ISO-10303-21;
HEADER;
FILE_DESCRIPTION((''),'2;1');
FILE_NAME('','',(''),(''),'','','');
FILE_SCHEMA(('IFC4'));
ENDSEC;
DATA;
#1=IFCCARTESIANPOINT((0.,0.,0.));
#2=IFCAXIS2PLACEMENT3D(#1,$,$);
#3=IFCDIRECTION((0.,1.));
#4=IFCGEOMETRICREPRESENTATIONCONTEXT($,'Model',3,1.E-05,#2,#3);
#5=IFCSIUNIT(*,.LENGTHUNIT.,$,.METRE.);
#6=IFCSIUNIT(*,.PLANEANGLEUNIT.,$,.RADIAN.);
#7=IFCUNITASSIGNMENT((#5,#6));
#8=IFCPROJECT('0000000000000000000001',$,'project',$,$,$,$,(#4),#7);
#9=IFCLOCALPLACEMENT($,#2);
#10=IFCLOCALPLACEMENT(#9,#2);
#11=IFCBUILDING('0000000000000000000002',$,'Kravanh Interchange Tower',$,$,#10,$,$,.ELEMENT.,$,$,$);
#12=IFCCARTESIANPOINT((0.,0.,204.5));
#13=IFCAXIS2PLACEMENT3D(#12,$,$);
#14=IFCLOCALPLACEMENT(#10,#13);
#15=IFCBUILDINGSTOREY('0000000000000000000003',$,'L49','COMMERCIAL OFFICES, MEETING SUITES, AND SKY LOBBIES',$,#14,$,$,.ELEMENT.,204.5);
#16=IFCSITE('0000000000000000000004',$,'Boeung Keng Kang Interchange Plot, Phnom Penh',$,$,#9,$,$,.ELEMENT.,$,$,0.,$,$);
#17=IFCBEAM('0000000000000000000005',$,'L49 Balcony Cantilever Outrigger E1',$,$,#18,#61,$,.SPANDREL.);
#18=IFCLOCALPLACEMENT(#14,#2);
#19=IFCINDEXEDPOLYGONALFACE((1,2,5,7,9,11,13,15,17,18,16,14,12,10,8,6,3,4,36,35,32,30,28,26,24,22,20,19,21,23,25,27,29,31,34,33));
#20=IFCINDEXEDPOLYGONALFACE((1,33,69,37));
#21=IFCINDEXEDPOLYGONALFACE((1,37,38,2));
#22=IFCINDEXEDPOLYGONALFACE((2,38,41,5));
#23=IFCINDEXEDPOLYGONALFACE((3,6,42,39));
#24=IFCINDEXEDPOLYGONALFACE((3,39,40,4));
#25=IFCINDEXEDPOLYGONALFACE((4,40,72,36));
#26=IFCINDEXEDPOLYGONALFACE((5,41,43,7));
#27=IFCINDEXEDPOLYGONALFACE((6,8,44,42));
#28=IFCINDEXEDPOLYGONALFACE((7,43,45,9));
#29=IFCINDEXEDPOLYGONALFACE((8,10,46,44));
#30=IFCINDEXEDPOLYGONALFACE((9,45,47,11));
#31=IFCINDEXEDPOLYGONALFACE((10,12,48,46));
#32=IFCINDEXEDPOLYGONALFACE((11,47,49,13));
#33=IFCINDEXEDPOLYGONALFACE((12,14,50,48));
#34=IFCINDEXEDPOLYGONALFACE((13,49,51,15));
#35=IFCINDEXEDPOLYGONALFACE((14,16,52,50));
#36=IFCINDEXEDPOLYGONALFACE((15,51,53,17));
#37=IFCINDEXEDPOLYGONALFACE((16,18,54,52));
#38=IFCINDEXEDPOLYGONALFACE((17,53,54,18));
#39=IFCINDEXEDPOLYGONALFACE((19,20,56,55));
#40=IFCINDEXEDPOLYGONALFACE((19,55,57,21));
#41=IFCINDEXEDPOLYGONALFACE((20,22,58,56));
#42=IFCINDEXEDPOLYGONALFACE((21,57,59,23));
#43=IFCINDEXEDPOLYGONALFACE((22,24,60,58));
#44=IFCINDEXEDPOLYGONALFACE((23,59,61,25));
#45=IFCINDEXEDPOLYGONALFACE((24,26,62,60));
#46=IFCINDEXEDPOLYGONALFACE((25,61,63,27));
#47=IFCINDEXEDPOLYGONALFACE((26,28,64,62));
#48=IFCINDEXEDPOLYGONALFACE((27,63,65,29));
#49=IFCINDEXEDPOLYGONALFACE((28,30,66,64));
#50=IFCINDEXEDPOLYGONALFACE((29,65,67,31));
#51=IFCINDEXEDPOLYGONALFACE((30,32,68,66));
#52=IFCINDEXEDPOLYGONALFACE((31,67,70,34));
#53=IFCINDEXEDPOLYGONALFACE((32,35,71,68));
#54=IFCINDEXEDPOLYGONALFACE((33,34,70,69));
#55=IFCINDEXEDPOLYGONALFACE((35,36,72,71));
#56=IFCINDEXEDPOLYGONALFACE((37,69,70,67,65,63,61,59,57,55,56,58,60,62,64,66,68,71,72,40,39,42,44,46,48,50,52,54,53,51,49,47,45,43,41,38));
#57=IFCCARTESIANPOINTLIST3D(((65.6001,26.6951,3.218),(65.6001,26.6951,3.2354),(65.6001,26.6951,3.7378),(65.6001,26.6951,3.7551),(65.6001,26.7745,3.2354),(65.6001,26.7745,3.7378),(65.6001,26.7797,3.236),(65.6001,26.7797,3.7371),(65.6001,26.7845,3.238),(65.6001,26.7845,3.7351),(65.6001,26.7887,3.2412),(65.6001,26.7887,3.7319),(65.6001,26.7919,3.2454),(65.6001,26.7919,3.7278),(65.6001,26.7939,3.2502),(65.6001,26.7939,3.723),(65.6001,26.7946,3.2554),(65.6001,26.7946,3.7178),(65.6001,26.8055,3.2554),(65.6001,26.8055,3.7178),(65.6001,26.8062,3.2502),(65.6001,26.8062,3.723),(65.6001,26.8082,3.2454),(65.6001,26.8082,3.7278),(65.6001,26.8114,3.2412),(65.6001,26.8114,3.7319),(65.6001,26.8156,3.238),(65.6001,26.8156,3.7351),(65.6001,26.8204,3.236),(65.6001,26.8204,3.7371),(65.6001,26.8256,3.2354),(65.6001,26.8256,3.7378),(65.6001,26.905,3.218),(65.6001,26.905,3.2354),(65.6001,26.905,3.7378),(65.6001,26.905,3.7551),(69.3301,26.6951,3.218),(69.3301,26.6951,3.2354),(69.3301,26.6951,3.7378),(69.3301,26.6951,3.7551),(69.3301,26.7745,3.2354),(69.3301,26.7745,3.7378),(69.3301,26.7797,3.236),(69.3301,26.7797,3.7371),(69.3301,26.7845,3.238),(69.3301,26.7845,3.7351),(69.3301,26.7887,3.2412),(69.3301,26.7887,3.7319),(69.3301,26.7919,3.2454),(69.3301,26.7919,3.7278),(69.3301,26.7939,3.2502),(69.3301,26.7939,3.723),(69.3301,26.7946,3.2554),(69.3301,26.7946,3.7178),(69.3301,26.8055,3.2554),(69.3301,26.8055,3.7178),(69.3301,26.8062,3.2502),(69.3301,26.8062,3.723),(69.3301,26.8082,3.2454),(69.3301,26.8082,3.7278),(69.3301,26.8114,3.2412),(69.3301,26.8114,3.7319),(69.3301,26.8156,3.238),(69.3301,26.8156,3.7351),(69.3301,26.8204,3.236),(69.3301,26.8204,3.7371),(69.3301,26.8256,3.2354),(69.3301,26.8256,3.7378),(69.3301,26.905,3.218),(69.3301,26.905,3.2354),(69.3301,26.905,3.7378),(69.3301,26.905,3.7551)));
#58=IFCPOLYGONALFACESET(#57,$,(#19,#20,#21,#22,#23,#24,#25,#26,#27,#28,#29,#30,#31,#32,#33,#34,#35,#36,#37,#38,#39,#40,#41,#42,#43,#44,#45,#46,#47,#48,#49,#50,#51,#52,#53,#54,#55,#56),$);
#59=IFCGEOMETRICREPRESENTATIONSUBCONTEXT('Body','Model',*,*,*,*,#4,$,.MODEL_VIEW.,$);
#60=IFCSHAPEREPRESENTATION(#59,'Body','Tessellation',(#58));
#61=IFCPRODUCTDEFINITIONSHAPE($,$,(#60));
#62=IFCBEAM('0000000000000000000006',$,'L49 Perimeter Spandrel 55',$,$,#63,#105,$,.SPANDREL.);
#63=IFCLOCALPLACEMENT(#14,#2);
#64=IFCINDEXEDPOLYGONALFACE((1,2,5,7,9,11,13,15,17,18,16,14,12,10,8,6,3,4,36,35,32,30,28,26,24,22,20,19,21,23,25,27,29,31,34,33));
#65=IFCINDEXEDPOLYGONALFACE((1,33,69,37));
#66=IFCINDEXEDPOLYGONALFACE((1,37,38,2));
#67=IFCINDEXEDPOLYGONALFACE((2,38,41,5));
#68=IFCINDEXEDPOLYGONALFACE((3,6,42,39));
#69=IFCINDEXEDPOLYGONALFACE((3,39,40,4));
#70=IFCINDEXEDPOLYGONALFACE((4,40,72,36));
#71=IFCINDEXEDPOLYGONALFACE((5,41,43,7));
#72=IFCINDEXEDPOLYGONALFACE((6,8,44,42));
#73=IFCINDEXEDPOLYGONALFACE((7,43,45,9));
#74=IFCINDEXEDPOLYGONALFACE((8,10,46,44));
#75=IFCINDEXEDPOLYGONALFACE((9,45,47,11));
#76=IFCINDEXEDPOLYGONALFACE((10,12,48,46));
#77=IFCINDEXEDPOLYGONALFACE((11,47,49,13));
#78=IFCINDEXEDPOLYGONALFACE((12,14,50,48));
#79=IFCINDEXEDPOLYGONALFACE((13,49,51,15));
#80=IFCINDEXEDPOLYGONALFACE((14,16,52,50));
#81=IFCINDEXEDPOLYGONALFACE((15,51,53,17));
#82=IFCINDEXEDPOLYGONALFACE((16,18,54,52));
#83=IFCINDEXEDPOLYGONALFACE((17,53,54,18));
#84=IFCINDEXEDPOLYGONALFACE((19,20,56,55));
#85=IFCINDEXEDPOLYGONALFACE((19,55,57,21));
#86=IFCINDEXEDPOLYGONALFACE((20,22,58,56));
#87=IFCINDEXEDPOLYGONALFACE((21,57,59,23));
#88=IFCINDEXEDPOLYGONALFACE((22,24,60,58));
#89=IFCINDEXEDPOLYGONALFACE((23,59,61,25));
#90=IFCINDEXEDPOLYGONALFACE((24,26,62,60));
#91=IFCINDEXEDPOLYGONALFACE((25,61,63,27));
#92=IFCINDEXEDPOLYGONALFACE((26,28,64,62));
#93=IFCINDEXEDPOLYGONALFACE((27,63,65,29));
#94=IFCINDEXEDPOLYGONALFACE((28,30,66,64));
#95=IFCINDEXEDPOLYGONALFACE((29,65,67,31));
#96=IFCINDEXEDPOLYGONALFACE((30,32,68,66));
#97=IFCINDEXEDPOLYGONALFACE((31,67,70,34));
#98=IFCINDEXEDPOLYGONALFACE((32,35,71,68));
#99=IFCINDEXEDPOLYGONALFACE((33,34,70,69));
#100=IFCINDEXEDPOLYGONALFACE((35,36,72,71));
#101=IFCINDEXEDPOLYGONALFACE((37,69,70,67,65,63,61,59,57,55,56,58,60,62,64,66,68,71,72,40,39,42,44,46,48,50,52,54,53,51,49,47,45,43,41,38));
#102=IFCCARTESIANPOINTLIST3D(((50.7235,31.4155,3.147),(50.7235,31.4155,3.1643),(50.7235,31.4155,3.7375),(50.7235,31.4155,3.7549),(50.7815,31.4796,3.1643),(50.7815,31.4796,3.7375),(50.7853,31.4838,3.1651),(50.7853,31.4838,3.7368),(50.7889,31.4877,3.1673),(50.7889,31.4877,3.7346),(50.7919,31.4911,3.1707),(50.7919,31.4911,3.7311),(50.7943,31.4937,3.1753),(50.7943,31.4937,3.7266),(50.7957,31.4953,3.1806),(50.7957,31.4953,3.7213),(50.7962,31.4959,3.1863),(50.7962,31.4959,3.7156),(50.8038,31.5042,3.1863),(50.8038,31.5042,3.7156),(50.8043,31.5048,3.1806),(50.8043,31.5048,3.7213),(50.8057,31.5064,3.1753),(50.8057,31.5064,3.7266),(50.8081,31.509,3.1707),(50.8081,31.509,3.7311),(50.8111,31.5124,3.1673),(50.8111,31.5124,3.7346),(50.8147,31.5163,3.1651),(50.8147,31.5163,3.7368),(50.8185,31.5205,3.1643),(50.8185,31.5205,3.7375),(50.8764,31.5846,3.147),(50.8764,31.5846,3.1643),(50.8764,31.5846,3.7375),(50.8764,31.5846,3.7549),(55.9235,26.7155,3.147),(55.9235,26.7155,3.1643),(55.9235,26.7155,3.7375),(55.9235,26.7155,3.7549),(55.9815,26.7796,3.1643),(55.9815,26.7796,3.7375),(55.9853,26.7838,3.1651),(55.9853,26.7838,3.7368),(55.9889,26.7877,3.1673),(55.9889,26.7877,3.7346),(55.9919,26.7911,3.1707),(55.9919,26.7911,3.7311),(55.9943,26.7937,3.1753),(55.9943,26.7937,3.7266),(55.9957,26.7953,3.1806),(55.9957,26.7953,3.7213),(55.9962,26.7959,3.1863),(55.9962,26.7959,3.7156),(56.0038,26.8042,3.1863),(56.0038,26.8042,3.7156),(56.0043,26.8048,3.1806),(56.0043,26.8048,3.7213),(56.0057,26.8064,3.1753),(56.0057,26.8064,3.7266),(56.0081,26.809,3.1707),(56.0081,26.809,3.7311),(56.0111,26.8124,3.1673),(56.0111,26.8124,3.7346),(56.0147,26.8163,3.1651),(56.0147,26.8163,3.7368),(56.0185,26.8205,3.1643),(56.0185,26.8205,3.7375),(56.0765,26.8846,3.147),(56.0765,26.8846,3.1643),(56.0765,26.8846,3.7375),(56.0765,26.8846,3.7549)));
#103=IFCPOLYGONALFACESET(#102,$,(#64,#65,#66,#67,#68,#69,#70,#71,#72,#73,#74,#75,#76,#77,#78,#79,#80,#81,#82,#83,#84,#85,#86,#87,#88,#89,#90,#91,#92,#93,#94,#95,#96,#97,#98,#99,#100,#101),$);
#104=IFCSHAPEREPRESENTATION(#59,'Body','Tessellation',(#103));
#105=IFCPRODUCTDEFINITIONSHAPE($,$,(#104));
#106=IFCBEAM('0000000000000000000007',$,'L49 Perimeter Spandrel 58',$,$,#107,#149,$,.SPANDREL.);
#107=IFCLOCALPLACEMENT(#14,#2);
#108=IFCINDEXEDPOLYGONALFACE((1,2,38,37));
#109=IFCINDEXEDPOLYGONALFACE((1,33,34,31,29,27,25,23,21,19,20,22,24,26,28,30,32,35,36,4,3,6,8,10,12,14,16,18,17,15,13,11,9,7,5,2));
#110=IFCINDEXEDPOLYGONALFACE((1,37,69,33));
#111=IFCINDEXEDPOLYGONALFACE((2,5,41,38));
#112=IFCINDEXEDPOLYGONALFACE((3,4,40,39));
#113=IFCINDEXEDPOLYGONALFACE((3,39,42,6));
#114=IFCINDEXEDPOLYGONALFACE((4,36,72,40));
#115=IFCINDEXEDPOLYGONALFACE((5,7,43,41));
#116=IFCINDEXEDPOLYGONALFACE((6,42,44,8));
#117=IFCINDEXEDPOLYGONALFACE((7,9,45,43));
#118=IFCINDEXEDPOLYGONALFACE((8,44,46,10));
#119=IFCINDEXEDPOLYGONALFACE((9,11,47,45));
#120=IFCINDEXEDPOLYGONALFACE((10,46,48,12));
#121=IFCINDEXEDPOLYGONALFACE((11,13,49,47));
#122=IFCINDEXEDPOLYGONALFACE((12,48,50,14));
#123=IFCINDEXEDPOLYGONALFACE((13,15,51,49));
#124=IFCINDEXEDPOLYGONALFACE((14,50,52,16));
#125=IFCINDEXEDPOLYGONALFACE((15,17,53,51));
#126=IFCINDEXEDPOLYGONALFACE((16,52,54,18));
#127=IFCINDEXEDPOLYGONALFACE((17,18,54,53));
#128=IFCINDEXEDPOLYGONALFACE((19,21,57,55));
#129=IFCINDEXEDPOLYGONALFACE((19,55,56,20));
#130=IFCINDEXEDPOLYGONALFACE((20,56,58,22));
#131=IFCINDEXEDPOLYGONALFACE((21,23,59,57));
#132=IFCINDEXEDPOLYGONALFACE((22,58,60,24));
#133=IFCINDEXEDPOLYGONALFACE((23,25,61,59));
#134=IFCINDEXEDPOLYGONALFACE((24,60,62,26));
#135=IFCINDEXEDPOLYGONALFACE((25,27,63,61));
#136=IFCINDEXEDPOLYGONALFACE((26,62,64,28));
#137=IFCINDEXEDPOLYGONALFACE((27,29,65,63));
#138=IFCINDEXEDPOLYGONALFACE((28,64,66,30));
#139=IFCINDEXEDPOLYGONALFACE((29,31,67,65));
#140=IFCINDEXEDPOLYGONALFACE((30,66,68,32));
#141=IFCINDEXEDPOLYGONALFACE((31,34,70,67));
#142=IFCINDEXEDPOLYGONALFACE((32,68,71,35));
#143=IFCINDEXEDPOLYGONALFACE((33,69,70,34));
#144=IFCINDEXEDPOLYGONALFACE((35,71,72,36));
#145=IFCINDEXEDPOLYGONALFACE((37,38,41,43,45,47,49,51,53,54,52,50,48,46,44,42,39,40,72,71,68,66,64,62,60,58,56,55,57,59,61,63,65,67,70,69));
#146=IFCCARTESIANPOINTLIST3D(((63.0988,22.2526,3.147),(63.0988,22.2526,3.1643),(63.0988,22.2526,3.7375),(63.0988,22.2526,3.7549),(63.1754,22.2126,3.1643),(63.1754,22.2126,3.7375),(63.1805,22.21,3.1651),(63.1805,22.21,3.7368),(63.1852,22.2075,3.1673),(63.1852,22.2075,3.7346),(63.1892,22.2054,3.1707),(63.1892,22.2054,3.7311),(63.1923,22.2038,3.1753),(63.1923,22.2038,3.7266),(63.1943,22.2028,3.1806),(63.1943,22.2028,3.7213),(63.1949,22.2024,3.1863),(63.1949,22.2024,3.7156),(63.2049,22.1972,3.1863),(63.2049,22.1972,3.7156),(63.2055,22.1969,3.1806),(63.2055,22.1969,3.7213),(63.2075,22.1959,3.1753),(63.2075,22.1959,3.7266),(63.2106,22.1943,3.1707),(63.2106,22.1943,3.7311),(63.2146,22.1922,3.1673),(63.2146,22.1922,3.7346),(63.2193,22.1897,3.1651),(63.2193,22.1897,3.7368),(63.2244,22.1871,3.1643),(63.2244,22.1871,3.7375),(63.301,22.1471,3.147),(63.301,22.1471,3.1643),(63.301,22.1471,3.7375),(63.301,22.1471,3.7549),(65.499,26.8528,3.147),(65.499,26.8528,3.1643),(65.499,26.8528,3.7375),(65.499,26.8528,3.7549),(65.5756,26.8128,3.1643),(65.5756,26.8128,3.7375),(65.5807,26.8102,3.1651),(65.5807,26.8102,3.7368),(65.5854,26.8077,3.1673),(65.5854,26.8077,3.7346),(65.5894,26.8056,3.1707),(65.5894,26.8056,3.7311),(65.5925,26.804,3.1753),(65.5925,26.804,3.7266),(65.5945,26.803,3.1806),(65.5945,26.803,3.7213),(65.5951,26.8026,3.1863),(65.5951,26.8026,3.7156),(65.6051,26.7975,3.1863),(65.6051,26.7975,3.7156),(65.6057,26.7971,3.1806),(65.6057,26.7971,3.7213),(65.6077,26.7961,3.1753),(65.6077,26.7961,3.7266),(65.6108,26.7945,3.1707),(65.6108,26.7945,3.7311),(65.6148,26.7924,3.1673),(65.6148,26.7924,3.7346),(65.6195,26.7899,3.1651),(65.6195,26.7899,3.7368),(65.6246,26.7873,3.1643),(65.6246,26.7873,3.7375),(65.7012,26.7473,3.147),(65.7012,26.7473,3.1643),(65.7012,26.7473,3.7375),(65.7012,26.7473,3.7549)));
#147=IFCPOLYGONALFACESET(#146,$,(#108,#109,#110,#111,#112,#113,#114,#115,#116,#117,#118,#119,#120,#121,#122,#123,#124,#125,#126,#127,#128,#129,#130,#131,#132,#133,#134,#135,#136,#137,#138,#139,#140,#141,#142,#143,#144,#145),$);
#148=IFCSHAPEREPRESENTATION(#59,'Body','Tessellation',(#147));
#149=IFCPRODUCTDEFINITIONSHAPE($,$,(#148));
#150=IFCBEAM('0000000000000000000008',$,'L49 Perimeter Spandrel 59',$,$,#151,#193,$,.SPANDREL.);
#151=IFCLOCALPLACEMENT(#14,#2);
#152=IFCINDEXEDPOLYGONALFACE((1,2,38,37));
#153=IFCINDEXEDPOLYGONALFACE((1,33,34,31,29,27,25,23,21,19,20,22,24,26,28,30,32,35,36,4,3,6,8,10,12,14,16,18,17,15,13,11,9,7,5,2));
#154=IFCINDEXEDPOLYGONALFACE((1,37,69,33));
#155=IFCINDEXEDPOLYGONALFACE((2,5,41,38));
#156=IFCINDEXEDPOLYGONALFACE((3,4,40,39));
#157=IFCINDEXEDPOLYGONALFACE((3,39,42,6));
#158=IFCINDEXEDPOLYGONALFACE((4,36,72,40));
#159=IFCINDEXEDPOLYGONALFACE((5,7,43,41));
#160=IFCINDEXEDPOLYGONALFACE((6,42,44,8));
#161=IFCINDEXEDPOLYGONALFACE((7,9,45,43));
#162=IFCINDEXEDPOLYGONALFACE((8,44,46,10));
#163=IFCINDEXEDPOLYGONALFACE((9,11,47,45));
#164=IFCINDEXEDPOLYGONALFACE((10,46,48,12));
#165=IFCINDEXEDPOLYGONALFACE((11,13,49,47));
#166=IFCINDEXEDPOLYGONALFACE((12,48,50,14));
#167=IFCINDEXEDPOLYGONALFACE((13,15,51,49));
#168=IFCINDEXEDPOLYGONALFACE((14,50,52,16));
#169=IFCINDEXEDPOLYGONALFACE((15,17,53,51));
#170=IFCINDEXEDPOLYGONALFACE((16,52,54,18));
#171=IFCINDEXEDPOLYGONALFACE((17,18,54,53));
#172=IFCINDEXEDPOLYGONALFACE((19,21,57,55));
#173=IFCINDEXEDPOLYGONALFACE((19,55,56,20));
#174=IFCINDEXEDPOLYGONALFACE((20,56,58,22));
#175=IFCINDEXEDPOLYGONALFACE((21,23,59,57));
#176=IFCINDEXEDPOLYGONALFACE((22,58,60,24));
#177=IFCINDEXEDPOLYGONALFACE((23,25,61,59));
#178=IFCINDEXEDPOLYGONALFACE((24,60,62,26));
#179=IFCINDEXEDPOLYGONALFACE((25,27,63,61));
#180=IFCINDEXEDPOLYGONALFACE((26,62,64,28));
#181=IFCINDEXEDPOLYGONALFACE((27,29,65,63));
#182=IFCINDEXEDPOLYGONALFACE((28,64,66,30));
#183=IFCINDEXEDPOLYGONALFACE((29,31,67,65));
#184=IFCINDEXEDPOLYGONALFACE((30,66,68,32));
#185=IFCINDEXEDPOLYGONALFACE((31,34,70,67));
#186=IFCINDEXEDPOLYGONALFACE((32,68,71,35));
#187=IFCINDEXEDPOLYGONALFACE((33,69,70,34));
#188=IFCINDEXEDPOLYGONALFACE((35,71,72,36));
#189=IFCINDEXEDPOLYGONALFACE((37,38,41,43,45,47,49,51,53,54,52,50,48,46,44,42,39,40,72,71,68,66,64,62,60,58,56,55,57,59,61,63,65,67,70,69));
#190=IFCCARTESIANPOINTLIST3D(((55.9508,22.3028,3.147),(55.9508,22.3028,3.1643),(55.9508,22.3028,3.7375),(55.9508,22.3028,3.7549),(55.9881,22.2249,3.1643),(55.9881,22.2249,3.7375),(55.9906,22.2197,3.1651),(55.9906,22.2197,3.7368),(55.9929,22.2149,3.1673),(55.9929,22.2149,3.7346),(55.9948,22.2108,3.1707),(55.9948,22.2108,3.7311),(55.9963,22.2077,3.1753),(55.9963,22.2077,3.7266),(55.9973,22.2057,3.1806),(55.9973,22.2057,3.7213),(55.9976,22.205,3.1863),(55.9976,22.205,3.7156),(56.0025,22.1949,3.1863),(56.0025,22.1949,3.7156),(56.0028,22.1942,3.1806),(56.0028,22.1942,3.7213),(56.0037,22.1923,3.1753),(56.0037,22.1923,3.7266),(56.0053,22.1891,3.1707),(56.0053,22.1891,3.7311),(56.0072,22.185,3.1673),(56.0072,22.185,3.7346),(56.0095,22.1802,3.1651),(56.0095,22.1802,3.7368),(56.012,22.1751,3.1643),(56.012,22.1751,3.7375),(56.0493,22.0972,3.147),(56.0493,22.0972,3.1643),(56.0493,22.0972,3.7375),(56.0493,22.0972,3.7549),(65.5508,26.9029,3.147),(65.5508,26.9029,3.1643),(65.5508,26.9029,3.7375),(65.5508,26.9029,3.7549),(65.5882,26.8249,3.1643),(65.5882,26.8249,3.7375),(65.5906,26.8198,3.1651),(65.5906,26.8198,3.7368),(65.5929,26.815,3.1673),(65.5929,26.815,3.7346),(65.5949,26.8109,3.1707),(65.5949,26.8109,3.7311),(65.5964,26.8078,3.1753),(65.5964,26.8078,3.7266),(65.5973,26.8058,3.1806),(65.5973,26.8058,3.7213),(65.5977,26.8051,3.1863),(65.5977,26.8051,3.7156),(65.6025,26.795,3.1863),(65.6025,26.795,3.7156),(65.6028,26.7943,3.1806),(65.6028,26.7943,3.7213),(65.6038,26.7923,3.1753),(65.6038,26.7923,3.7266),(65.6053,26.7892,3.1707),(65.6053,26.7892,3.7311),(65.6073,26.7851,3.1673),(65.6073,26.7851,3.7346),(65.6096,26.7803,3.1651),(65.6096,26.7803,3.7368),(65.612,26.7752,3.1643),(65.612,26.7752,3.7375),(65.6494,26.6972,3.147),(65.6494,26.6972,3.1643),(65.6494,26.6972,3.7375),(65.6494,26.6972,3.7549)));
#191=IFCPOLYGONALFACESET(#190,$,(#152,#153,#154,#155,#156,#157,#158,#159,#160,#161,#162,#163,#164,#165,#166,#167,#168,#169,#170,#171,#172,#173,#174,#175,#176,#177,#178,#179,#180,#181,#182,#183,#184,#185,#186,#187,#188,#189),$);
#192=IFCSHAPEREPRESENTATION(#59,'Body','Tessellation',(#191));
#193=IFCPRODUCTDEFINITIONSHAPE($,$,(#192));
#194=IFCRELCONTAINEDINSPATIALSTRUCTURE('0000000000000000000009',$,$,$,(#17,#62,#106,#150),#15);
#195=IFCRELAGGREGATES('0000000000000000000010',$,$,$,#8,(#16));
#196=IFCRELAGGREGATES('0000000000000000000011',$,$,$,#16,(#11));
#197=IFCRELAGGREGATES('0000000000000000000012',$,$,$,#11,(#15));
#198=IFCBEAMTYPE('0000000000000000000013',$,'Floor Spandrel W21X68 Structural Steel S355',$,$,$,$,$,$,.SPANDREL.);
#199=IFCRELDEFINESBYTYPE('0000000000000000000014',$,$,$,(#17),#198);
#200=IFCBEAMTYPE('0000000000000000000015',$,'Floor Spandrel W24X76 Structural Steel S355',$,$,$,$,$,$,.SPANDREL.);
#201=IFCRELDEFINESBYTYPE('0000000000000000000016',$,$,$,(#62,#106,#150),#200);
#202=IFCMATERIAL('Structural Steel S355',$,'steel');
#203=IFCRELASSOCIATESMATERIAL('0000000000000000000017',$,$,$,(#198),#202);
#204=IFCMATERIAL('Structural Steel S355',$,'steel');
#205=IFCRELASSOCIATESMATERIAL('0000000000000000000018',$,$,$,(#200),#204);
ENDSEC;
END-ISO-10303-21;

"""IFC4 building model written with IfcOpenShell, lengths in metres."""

from ifc_helpers import new_model, si_unit, direction, frame, origin, origin_2d, place, context, subcontext, project, spatial, i_section, extrude, material, material_profile, profile_set, type_object, element, save


model = new_model("IFC4")

# Units and contexts
model_context = context("Model", 3, precision=1e-05, world=origin(), true_north=direction((0.0, 1.0)))
body_context = subcontext(model_context, "Body", "Model", "MODEL_VIEW")
ifc_project = project(units=[si_unit("LENGTHUNIT", "METRE"), si_unit("PLANEANGLEUNIT", "RADIAN")], contexts=[model_context])

# Site, building, storey
site_placement = place(None, origin())
site = spatial("IfcSite", under=ifc_project, at=site_placement, Name="Boeung Keng Kang Interchange Plot, Phnom Penh", CompositionType="ELEMENT", RefElevation=0.0)
building_placement = place(site_placement, origin())
building = spatial("IfcBuilding", under=site, at=building_placement, Name="Kravanh Interchange Tower", CompositionType="ELEMENT")
storey_placement = place(building_placement, frame((0.0, 0.0, 204.5)))
storey = spatial("IfcBuildingStorey", under=building, at=storey_placement, Name="L49", Description="COMMERCIAL OFFICES, MEETING SUITES, AND SKY LOBBIES", CompositionType="ELEMENT", Elevation=204.5)

# Beams
ifc_material_1 = material(Name="Structural Steel S355", Category="steel")
ifc_material_profile_1 = material_profile(ifc_material_1, i_section(OverallWidth=0.21, OverallDepth=0.5371, WebThickness=0.011, FlangeThickness=0.0173, FilletRadius=0.02, at=origin_2d()), Name="W21X68")
ifc_profile_set_1 = profile_set([ifc_material_profile_1], Name="Structural Steel S355")
beam_type_1 = type_object("IfcBeamType", Name="Floor Spandrel W21X68 Structural Steel S355", PredefinedType="SPANDREL", material=ifc_profile_set_1)
beam_1_placement = place(storey_placement, frame((65.6001, 26.8, 3.4866), z_axis=(1.0, 0.0, 0.0), x_axis=(0.0, 1.0, 0.0)))
element("IfcBeam", 1, at=beam_1_placement, inside=storey, type_object=beam_type_1, Name="L49 Balcony Cantilever Outrigger E1", PredefinedType="SPANDREL", context=body_context, shape_type="SweptSolid", body=[
    extrude(i_section(OverallWidth=0.21, OverallDepth=0.5371, WebThickness=0.011, FlangeThickness=0.0173, FilletRadius=0.02, at=origin_2d()), origin(), (0.0, 0.0, 1.0), 3.73),
])
ifc_material_2 = material(Name="Structural Steel S355", Category="steel")
ifc_material_profile_2 = material_profile(ifc_material_2, i_section(OverallWidth=0.228, OverallDepth=0.6079, WebThickness=0.0112, FlangeThickness=0.0173, FilletRadius=0.022, at=origin_2d()), Name="W24X76")
ifc_profile_set_2 = profile_set([ifc_material_profile_2], Name="Structural Steel S355")
beam_type_2 = type_object("IfcBeamType", Name="Floor Spandrel W24X76 Structural Steel S355", PredefinedType="SPANDREL", material=ifc_profile_set_2)
beam_2_placement = place(storey_placement, frame((56.0, 26.8, 3.4509), z_axis=(-0.741874, 0.670539, 0.0), x_axis=(-0.670539, -0.741874, 0.0)))
element("IfcBeam", 2, at=beam_2_placement, inside=storey, type_object=beam_type_2, Name="L49 Perimeter Spandrel 55", PredefinedType="SPANDREL", context=body_context, shape_type="SweptSolid", body=[
    extrude(i_section(OverallWidth=0.228, OverallDepth=0.6079, WebThickness=0.0112, FlangeThickness=0.0173, FilletRadius=0.022, at=origin_2d()), origin(), (0.0, 0.0, 1.0), 7.0093),
])
beam_3_placement = place(storey_placement, frame((65.6001, 26.8, 3.4509), z_axis=(-0.46258, -0.886577, 0.0), x_axis=(0.886577, -0.46258, 0.0)))
element("IfcBeam", 3, at=beam_3_placement, inside=storey, type_object=beam_type_2, Name="L49 Perimeter Spandrel 58", PredefinedType="SPANDREL", context=body_context, shape_type="SweptSolid", body=[
    extrude(i_section(OverallWidth=0.228, OverallDepth=0.6079, WebThickness=0.0112, FlangeThickness=0.0173, FilletRadius=0.022, at=origin_2d()), origin(), (0.0, 0.0, 1.0), 5.1887),
])
beam_4_placement = place(storey_placement, frame((65.6001, 26.8, 3.4509), z_axis=(-0.901814, -0.432124, 0.0), x_axis=(0.432124, -0.901814, 0.0)))
element("IfcBeam", 4, at=beam_4_placement, inside=storey, type_object=beam_type_2, Name="L49 Perimeter Spandrel 59", PredefinedType="SPANDREL", context=body_context, shape_type="SweptSolid", body=[
    extrude(i_section(OverallWidth=0.228, OverallDepth=0.6079, WebThickness=0.0112, FlangeThickness=0.0173, FilletRadius=0.022, at=origin_2d()), origin(), (0.0, 0.0, 1.0), 10.6453),
])

save(model, "model.ifc")
